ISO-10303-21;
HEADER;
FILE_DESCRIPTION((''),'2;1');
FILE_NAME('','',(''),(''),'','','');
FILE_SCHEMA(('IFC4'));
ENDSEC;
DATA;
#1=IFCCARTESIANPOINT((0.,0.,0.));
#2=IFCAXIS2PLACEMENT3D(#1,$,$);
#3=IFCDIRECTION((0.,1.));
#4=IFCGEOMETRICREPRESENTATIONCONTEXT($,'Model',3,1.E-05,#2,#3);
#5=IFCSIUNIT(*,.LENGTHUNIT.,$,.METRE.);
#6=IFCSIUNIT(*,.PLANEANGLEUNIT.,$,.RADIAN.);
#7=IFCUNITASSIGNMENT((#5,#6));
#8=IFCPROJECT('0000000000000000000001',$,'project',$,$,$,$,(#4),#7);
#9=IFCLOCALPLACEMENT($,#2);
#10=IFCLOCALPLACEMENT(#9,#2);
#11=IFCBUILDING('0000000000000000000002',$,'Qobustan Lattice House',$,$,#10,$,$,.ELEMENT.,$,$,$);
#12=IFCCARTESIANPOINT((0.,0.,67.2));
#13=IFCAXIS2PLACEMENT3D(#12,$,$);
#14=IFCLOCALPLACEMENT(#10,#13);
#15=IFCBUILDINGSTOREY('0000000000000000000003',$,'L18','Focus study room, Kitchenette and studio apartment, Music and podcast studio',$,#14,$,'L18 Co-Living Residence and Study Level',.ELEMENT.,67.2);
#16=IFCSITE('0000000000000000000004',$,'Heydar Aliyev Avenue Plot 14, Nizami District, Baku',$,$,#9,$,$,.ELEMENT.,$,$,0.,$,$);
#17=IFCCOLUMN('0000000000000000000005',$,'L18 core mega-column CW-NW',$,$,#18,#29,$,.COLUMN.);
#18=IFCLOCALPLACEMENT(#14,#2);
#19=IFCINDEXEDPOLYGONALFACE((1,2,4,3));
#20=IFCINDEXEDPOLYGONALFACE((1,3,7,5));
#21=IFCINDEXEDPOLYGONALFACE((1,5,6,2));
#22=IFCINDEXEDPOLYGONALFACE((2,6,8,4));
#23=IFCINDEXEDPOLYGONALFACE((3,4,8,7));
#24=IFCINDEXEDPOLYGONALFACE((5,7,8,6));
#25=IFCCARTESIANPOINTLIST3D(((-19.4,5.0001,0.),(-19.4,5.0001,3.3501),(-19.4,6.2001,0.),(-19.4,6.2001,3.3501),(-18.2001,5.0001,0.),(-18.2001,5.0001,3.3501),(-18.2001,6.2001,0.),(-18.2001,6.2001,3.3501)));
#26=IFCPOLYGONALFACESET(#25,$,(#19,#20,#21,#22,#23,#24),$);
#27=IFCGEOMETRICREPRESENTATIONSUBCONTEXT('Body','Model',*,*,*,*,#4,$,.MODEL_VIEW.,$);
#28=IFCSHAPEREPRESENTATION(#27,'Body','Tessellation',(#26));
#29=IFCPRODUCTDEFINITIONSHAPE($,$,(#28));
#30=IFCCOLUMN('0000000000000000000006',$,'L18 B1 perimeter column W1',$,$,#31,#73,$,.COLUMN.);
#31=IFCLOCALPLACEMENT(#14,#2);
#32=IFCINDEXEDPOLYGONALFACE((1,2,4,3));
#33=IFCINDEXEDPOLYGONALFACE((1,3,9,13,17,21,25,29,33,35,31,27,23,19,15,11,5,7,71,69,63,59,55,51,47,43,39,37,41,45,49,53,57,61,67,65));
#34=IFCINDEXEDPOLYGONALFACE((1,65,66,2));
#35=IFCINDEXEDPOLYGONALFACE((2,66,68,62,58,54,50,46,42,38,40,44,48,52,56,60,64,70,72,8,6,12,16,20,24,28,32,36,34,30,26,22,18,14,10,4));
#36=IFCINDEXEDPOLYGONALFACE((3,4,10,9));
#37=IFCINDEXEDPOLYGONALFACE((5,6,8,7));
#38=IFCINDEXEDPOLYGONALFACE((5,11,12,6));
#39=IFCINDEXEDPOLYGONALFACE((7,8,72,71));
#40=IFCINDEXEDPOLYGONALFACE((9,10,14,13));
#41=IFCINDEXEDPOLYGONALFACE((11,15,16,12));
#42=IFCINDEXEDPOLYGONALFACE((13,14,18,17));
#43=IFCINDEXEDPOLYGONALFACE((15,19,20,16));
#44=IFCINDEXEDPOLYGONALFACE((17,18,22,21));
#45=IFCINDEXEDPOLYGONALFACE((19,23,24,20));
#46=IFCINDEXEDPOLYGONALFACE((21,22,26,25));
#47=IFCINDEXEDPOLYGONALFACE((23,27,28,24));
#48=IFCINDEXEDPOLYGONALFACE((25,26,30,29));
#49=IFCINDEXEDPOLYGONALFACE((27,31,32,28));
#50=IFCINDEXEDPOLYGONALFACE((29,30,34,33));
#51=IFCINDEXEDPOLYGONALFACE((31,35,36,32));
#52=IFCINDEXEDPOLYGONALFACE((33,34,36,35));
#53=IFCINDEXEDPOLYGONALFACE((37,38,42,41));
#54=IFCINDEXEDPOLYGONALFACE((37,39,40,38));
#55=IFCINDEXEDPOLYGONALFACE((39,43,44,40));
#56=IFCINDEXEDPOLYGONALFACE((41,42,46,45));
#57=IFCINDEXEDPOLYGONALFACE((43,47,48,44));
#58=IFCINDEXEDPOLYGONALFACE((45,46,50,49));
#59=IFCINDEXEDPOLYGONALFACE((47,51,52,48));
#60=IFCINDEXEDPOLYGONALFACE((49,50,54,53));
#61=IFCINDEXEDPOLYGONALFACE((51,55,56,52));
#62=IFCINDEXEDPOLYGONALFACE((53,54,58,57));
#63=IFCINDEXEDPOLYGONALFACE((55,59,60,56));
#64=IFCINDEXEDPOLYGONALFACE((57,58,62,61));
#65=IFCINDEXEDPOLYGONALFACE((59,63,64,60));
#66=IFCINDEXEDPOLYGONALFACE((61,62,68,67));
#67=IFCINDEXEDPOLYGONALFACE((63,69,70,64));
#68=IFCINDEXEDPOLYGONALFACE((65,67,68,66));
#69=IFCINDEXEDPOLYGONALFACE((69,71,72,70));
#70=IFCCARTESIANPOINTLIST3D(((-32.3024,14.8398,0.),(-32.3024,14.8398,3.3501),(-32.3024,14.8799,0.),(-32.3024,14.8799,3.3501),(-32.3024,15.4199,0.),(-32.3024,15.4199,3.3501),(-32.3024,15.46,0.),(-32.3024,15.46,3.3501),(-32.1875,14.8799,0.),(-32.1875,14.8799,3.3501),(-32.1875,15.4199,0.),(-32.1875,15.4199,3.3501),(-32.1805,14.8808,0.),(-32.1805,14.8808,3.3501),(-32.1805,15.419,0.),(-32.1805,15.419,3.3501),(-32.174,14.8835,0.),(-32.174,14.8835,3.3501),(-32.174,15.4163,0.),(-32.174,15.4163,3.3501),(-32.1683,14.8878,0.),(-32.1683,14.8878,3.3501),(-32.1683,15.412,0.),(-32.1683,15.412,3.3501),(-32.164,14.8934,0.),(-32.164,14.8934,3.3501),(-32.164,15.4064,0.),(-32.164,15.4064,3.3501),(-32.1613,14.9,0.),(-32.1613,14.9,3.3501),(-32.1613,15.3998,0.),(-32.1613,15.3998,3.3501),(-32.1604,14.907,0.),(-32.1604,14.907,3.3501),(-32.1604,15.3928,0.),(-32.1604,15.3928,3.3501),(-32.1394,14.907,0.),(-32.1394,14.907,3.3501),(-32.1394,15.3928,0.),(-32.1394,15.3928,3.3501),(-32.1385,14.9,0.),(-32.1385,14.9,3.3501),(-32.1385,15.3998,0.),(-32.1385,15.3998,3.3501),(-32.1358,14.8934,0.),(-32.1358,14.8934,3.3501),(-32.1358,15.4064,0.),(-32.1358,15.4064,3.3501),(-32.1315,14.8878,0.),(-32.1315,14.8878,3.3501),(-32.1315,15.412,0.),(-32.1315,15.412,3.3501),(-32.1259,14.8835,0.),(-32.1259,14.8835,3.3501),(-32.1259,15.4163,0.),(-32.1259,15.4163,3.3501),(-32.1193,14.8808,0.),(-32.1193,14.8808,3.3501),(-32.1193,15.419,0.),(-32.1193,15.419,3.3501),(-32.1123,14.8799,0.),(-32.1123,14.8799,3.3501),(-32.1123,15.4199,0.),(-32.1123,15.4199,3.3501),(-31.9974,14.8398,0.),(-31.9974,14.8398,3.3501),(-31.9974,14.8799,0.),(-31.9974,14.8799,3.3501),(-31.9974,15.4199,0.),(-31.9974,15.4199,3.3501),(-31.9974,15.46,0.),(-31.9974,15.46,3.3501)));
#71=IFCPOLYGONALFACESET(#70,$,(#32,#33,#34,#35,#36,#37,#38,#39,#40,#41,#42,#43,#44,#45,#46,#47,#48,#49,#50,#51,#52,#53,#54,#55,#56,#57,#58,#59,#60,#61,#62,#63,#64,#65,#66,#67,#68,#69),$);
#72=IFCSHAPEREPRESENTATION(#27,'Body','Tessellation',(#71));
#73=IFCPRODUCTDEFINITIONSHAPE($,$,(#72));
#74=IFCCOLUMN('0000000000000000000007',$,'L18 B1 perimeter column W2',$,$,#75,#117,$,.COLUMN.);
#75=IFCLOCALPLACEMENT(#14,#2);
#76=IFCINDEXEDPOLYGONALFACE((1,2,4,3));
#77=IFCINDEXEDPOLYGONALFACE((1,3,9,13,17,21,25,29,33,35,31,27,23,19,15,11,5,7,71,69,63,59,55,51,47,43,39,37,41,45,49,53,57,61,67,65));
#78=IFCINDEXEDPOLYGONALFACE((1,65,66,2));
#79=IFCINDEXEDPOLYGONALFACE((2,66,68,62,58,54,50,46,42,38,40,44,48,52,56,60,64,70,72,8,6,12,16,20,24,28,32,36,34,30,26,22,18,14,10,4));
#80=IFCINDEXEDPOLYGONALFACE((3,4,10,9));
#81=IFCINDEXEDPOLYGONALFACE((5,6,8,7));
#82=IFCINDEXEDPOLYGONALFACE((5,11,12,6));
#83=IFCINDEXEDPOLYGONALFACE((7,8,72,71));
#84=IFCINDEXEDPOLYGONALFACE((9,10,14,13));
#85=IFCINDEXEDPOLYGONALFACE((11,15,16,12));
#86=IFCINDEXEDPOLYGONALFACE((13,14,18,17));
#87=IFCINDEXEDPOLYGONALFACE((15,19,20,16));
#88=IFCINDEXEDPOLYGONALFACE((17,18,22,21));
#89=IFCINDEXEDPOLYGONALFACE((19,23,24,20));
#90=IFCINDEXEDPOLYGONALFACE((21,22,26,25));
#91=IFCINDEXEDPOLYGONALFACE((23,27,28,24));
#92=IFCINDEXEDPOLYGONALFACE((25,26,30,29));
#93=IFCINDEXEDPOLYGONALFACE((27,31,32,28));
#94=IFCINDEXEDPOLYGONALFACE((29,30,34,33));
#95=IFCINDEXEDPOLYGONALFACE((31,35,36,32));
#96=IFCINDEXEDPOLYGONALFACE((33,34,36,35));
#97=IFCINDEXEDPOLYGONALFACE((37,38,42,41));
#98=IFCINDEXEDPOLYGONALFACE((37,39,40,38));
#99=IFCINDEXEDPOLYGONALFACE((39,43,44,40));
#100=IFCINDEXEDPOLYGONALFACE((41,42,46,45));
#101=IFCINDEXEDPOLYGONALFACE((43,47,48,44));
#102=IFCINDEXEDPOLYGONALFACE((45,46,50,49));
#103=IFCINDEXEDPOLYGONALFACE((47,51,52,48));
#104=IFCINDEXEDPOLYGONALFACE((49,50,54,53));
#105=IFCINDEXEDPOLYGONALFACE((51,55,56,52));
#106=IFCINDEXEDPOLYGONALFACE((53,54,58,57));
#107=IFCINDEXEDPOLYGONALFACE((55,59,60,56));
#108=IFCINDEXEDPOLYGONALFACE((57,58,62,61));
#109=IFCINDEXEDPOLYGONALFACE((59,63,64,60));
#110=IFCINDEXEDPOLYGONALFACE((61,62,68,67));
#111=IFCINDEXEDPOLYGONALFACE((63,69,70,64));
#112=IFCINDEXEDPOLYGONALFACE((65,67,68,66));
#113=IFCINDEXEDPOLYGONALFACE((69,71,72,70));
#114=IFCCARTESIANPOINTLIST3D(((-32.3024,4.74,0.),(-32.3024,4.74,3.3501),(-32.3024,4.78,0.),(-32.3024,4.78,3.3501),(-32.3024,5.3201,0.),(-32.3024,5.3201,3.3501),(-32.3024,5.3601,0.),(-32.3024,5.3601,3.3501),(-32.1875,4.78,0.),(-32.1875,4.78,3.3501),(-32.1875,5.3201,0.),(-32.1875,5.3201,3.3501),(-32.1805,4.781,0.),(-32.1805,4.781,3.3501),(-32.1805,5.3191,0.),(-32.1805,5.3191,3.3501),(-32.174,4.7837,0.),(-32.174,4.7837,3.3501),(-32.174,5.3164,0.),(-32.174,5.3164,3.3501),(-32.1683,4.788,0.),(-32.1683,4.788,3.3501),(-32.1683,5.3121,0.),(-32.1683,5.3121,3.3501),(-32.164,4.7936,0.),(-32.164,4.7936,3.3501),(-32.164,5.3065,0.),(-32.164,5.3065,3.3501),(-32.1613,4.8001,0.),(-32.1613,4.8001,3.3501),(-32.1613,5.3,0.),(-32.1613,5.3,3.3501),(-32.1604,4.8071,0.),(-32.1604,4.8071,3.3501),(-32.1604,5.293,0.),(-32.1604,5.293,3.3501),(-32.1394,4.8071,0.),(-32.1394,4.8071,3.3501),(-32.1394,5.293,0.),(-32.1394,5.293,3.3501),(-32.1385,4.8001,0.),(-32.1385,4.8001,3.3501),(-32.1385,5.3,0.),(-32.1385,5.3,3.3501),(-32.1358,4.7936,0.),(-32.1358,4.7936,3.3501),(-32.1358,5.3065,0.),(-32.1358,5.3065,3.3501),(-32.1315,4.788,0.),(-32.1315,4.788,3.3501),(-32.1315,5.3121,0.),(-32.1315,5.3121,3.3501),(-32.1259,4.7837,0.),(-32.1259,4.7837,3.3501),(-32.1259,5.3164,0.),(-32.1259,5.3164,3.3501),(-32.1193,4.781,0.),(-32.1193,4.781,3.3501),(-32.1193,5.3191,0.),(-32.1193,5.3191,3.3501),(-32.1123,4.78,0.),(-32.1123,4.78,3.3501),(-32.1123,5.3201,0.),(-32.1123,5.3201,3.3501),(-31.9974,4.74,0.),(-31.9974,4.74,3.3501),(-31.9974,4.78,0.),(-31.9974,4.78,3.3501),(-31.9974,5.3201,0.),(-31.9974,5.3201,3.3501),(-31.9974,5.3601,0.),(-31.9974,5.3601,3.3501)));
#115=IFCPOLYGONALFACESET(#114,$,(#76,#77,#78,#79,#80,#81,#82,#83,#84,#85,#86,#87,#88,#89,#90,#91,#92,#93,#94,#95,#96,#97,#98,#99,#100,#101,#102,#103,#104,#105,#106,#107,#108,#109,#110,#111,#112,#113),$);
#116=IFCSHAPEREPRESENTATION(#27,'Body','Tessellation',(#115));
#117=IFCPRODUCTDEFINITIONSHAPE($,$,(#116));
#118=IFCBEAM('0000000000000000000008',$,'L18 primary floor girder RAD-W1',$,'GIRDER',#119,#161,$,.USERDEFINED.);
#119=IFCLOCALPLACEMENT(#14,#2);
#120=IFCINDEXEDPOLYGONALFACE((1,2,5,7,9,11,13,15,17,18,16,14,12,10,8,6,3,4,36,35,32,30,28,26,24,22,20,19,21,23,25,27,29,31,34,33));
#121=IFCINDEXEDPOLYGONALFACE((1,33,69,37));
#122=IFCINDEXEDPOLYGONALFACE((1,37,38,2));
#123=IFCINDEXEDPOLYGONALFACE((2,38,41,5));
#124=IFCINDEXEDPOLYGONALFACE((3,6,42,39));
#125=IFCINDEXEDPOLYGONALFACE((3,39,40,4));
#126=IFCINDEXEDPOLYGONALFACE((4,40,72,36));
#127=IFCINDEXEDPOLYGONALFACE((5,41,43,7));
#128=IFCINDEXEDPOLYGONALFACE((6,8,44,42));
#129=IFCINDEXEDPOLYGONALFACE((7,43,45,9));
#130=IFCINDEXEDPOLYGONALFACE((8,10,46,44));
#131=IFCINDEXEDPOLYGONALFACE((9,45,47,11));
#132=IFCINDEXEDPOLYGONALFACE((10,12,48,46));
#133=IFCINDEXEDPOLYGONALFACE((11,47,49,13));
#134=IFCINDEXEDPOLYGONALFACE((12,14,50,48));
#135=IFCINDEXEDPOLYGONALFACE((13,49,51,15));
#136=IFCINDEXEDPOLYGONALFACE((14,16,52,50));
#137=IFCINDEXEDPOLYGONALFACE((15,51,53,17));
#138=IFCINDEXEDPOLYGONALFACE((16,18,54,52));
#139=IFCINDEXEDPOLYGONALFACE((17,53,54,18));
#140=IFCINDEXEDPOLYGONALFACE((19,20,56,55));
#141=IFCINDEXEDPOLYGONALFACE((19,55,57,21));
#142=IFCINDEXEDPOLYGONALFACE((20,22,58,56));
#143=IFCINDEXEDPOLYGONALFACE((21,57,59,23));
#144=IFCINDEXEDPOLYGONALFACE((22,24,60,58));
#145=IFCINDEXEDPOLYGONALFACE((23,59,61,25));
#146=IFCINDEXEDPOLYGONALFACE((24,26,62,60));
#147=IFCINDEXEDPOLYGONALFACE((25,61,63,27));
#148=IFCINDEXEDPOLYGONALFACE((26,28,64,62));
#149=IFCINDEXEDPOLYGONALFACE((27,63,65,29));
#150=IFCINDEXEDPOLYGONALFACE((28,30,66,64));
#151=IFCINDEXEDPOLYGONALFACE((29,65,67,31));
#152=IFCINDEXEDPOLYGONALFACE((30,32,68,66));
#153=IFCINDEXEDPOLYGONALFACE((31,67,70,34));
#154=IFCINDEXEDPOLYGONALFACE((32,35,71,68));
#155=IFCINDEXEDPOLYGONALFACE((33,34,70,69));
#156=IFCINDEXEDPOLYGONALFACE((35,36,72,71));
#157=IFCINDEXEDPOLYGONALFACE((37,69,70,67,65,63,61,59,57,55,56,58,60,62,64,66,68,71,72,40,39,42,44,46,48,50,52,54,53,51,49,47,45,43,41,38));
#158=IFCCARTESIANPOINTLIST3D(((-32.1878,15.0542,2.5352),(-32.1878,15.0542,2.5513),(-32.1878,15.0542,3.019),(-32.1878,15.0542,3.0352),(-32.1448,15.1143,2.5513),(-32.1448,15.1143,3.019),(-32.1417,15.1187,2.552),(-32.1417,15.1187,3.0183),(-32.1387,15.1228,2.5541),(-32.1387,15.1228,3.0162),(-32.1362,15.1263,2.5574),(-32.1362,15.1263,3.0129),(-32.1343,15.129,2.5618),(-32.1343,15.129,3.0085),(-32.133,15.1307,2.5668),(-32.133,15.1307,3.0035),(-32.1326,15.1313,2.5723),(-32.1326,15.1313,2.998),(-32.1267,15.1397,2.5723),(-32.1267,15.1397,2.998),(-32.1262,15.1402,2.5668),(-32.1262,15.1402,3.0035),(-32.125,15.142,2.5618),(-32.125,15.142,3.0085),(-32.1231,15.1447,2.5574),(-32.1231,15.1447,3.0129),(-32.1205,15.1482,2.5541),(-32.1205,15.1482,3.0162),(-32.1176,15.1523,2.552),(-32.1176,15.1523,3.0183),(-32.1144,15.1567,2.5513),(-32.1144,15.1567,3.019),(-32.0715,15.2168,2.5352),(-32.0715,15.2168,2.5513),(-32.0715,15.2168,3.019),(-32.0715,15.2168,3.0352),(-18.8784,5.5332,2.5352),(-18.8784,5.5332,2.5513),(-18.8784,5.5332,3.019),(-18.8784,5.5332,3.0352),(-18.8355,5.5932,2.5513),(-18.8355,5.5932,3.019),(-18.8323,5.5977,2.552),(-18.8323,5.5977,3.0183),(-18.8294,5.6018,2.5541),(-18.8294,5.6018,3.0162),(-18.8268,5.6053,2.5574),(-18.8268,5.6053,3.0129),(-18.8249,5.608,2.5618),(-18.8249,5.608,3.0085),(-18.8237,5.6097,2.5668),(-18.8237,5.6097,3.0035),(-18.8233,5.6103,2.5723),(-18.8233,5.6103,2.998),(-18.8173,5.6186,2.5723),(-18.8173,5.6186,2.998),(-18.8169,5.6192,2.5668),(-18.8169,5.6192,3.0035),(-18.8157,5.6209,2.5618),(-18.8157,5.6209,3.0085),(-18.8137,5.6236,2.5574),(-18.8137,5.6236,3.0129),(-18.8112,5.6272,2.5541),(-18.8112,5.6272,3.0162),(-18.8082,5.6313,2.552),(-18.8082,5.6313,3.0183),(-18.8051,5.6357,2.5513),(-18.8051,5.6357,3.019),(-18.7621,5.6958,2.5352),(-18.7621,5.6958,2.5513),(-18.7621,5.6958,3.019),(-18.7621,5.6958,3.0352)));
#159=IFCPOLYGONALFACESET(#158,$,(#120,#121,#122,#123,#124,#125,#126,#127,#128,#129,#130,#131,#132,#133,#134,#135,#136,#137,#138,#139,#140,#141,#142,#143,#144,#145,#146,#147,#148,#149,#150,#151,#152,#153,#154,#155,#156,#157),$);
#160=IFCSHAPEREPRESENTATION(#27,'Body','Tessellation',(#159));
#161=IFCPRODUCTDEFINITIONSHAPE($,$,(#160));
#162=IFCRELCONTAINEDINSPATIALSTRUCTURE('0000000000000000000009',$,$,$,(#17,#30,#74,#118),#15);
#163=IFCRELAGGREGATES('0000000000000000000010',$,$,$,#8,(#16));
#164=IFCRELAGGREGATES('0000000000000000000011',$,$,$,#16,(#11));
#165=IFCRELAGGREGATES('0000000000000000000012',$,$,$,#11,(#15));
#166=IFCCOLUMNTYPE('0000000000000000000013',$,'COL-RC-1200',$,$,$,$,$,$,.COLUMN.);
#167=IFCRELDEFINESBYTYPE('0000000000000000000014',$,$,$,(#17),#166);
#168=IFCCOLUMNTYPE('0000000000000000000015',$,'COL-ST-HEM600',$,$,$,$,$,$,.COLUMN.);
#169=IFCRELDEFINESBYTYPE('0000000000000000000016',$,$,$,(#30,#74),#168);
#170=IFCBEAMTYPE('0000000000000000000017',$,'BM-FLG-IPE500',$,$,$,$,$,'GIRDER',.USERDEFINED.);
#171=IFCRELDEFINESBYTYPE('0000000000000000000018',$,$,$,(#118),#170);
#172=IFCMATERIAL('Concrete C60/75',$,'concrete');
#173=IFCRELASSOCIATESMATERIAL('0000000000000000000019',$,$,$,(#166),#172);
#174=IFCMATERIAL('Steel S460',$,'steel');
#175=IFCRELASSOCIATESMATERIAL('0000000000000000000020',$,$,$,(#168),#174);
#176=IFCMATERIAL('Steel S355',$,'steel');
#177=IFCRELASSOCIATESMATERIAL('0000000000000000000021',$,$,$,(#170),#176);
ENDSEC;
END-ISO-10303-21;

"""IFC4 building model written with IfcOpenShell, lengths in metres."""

from ifc_helpers import new_model, si_unit, direction, frame, origin, origin_2d, place, context, subcontext, project, spatial, rectangle, i_section, extrude, material, material_profile, profile_set, type_object, element, save


model = new_model("IFC4")

# Units and contexts
model_context = context("Model", 3, precision=1e-05, world=origin(), true_north=direction((0.0, 1.0)))
body_context = subcontext(model_context, "Body", "Model", "MODEL_VIEW")
ifc_project = project(units=[si_unit("LENGTHUNIT", "METRE"), si_unit("PLANEANGLEUNIT", "RADIAN")], contexts=[model_context])

# Site, building, storey
site_placement = place(None, origin())
site = spatial("IfcSite", under=ifc_project, at=site_placement, Name="Heydar Aliyev Avenue Plot 14, Nizami District, Baku", CompositionType="ELEMENT", RefElevation=0.0)
building_placement = place(site_placement, origin())
building = spatial("IfcBuilding", under=site, at=building_placement, Name="Qobustan Lattice House", CompositionType="ELEMENT")
storey_placement = place(building_placement, frame((0.0, 0.0, 67.2)))
storey = spatial("IfcBuildingStorey", under=building, at=storey_placement, Name="L18", Description="Focus study room, Kitchenette and studio apartment, Music and podcast studio", LongName="L18 Co-Living Residence and Study Level", CompositionType="ELEMENT", Elevation=67.2)

# Columns
ifc_material_1 = material(Name="Concrete C60/75", Category="concrete")
ifc_material_profile_1 = material_profile(ifc_material_1, rectangle(XDim=1.2, YDim=1.2, at=origin_2d()), Name="RC1200x1200")
ifc_profile_set_1 = profile_set([ifc_material_profile_1], Name="Concrete C60/75")
column_type_1 = type_object("IfcColumnType", Name="COL-RC-1200", PredefinedType="COLUMN", material=ifc_profile_set_1)
column_placement = place(storey_placement, frame((-18.8, 5.6001, 0.0), z_axis=(0.0, 0.0, 1.0), x_axis=(1.0, 0.0, 0.0)))
element("IfcColumn", 1, at=column_placement, inside=storey, type_object=column_type_1, Name="L18 core mega-column CW-NW", PredefinedType="COLUMN", context=body_context, shape_type="SweptSolid", body=[
    extrude(rectangle(XDim=1.2, YDim=1.2, at=origin_2d()), origin(), (0.0, 0.0, 1.0), 3.3501),
])
ifc_material_2 = material(Name="Steel S460", Category="steel")
ifc_material_profile_2 = material_profile(ifc_material_2, i_section(OverallWidth=0.3049, OverallDepth=0.6201, WebThickness=0.021, FlangeThickness=0.04, FilletRadius=0.0271, at=origin_2d()), Name="HEM600")
ifc_profile_set_2 = profile_set([ifc_material_profile_2], Name="Steel S460")
column_type_2 = type_object("IfcColumnType", Name="COL-ST-HEM600", PredefinedType="COLUMN", material=ifc_profile_set_2)
for number, where, z_axis, x_axis, name in (
    (2, (-32.1499, 15.1499, 0.0), (0.0, 0.0, 1.0), (1.0, 0.0, 0.0), "L18 B1 perimeter column W1"),
    (3, (-32.1499, 5.05, 0.0), (0.0, 0.0, 1.0), (1.0, 0.0, 0.0), "L18 B1 perimeter column W2"),
):
    element("IfcColumn", number, at=place(storey_placement, frame(where, z_axis=z_axis, x_axis=x_axis)), inside=storey, type_object=column_type_2, Name=name, PredefinedType="COLUMN", context=body_context, shape_type="SweptSolid", body=[
        extrude(i_section(OverallWidth=0.3049, OverallDepth=0.6201, WebThickness=0.021, FlangeThickness=0.04, FilletRadius=0.0271, at=origin_2d()), origin(), (0.0, 0.0, 1.0), 3.3501),
    ])

# Beam
ifc_material_3 = material(Name="Steel S355", Category="steel")
ifc_material_profile_3 = material_profile(ifc_material_3, i_section(OverallWidth=0.2, OverallDepth=0.5, WebThickness=0.0103, FlangeThickness=0.0161, FilletRadius=0.021, at=origin_2d()), Name="IPE500")
ifc_profile_set_3 = profile_set([ifc_material_profile_3], Name="Steel S355")
beam_type_1 = type_object("IfcBeamType", Name="BM-FLG-IPE500", ElementType="GIRDER", PredefinedType="USERDEFINED", material=ifc_profile_set_3)
beam_1_placement = place(storey_placement, frame((-32.1296, 15.1355, 2.7852), z_axis=(0.813319, -0.581818, 0.0), x_axis=(0.581818, 0.813319, 0.0)))
element("IfcBeam", 4, at=beam_1_placement, inside=storey, type_object=beam_type_1, Name="L18 primary floor girder RAD-W1", ObjectType="GIRDER", PredefinedType="USERDEFINED", context=body_context, shape_type="SweptSolid", body=[
    extrude(i_section(OverallWidth=0.2, OverallDepth=0.5, WebThickness=0.0103, FlangeThickness=0.0161, FilletRadius=0.021, at=origin_2d()), origin(), (0.0, 0.0, 1.0), 16.3643),
])

save(model, "model.ifc")
